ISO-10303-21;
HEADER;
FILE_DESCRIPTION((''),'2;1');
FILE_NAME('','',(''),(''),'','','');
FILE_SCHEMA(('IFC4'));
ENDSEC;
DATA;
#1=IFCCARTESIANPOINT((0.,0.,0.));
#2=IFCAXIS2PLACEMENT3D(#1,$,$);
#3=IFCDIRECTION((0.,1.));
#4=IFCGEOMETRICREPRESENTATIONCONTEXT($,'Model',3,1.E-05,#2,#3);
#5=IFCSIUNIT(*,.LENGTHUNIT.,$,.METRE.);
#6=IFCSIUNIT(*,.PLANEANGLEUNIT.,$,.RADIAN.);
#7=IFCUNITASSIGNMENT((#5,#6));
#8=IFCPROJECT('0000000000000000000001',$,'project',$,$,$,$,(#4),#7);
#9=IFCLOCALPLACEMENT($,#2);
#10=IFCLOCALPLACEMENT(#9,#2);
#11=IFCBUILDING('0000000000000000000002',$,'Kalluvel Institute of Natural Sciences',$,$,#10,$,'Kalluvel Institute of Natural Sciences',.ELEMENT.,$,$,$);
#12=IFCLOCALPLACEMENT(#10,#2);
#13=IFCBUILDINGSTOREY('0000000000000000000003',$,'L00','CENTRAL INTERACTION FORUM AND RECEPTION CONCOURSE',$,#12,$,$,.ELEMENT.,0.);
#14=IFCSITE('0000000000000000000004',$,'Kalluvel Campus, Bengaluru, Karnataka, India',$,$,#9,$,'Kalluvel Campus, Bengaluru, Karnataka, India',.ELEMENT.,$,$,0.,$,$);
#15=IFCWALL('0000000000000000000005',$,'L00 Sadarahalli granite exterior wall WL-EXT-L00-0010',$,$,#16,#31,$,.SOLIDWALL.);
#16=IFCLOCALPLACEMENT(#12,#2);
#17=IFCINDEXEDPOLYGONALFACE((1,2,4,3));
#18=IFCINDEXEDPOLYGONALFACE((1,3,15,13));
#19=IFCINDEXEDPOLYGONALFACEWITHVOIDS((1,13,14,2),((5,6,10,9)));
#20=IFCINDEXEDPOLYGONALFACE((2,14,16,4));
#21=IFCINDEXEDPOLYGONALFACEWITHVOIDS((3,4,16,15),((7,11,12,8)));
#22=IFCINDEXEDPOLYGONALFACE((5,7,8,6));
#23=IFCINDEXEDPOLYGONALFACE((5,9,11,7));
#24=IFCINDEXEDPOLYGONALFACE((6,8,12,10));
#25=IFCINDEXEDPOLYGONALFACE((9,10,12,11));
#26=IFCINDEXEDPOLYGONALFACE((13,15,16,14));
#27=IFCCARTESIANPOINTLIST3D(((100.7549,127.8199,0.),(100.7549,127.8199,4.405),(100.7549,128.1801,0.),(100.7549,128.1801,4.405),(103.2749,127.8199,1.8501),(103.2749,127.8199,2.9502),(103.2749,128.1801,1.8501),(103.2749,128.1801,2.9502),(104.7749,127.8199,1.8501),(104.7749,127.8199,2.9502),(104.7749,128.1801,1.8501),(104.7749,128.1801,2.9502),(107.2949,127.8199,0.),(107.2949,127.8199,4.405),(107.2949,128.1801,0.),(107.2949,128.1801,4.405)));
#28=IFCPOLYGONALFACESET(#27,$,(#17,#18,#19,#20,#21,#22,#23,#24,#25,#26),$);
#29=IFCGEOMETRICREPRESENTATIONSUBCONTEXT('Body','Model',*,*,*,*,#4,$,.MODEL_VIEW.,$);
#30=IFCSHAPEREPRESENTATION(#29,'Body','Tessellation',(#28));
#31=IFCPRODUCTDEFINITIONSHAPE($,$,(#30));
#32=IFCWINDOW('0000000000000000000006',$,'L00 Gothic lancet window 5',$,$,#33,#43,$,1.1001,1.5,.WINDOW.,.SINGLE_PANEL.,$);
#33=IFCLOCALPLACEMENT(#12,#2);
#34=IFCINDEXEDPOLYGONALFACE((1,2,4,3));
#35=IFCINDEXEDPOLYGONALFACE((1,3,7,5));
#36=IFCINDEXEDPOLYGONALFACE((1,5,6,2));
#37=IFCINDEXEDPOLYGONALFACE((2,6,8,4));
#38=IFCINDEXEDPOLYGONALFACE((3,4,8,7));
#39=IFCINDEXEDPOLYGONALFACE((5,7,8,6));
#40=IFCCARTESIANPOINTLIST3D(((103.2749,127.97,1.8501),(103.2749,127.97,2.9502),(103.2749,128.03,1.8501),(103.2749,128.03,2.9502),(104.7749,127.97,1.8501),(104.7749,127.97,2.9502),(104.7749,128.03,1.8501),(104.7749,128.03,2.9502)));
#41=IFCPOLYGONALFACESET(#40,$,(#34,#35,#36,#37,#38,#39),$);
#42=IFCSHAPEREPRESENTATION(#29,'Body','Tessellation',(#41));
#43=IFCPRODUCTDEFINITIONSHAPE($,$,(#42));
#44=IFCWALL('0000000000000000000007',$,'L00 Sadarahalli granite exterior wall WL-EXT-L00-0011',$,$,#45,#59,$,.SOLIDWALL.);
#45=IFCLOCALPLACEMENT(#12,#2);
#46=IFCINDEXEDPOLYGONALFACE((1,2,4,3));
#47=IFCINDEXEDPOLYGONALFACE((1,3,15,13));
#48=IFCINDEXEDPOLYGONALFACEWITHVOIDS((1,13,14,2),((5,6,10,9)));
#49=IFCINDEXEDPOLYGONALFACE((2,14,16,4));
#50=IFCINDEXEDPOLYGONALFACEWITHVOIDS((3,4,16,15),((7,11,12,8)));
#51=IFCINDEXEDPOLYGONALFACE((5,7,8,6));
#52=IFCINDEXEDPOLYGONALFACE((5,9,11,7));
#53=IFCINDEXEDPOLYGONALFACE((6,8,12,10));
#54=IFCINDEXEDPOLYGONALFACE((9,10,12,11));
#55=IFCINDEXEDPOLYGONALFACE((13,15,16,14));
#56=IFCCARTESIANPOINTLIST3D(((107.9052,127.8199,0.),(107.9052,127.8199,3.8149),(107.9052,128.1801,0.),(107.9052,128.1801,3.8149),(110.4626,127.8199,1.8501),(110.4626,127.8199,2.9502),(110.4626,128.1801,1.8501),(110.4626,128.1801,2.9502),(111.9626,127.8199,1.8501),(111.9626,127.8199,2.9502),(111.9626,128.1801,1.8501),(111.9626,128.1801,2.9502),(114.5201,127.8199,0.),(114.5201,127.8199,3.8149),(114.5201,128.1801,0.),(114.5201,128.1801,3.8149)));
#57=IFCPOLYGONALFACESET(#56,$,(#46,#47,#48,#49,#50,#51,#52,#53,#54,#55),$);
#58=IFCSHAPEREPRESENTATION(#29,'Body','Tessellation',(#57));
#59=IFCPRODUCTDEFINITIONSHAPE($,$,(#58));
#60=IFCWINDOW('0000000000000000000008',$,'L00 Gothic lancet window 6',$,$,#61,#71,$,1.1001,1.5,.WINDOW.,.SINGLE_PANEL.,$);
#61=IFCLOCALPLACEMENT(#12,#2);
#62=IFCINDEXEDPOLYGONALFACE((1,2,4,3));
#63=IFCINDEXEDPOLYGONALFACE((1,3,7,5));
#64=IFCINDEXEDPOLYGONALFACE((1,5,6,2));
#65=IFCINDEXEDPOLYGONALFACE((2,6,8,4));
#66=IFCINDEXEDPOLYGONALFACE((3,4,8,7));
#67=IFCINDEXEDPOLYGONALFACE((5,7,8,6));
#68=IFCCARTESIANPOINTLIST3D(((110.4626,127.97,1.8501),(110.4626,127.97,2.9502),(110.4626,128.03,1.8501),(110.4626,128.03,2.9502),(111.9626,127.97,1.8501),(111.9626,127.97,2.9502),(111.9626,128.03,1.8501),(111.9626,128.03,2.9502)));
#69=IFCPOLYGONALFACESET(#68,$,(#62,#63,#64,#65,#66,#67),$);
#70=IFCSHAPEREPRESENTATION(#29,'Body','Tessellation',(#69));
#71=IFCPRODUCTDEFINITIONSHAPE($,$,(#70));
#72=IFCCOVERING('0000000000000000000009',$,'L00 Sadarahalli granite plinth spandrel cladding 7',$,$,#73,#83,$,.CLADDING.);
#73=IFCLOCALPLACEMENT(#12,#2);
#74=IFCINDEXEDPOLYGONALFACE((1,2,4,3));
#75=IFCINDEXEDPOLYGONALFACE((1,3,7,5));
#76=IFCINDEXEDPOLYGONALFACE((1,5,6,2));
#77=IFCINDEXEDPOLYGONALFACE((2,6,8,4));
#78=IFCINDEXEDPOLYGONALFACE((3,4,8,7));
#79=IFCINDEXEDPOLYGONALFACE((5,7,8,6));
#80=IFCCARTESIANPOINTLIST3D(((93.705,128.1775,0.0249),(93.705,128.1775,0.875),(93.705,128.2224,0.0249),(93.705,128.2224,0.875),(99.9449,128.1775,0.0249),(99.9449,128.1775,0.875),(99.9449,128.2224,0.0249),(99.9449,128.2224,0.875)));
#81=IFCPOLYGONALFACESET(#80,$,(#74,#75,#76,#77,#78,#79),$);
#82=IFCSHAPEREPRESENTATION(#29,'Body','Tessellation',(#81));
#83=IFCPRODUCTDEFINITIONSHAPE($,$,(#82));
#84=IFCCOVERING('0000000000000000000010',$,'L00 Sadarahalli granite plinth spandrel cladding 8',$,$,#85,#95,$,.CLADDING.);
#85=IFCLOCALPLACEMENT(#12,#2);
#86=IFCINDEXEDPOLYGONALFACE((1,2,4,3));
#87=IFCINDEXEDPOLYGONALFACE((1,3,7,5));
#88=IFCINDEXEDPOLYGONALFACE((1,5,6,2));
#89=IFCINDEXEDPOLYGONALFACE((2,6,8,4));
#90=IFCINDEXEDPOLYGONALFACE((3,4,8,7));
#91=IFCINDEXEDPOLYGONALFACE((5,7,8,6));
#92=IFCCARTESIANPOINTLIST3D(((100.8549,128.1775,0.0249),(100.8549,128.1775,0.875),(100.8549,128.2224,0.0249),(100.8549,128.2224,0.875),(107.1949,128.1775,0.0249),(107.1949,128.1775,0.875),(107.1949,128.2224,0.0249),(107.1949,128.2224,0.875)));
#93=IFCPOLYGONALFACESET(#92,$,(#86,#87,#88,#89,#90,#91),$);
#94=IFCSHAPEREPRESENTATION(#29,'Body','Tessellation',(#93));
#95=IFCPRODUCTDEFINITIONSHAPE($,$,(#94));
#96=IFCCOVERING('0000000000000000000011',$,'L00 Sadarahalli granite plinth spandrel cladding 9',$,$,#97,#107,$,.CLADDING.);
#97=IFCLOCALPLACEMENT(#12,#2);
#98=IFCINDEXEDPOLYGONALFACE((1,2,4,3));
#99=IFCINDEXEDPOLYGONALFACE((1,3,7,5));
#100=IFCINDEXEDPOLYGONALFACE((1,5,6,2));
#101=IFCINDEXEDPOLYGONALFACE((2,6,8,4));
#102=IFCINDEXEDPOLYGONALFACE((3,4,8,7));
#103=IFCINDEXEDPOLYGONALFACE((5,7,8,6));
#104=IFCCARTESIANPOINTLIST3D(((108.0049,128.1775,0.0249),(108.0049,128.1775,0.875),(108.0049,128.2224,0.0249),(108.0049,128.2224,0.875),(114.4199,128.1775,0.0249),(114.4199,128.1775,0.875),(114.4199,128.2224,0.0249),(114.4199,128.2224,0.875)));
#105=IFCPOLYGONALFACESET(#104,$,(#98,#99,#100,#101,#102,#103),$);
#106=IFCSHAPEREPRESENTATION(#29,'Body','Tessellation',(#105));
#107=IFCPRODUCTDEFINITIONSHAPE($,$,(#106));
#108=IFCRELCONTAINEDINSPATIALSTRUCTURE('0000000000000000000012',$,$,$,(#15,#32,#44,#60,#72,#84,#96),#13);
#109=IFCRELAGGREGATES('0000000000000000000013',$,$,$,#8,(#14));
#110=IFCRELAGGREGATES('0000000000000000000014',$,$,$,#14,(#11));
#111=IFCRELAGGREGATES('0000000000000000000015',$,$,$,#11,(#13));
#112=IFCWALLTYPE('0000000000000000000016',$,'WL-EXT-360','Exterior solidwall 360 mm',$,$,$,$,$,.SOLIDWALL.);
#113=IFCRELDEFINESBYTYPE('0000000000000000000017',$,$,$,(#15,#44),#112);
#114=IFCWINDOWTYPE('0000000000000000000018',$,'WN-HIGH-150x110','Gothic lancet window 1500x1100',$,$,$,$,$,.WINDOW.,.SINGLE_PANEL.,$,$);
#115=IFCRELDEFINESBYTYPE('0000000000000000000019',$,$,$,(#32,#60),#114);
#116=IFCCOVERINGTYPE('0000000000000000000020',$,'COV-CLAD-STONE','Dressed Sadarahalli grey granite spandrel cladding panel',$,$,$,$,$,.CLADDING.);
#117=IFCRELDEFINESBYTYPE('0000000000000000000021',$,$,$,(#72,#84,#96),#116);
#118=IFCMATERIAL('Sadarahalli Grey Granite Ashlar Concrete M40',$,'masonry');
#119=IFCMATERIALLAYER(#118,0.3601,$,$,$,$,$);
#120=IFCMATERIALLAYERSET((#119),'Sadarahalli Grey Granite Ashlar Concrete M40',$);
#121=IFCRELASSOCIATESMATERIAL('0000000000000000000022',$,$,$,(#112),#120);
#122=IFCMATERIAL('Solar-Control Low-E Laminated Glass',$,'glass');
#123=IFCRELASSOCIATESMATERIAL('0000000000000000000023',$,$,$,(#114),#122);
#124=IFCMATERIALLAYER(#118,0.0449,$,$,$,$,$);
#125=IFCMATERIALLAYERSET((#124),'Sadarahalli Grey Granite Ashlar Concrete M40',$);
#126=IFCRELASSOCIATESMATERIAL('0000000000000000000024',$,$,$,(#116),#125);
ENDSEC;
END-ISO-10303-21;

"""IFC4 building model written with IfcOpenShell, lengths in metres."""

from ifc_helpers import new_model, si_unit, direction, frame, frame_2d, origin, origin_2d, place, context, subcontext, project, spatial, rectangle, extrude, material, layer, layer_set, type_object, element, fill, save


model = new_model("IFC4")

# Units and contexts
model_context = context("Model", 3, precision=1e-05, world=origin(), true_north=direction((0.0, 1.0)))
body_context = subcontext(model_context, "Body", "Model", "MODEL_VIEW")
ifc_project = project(units=[si_unit("LENGTHUNIT", "METRE"), si_unit("PLANEANGLEUNIT", "RADIAN")], contexts=[model_context])

# Site, building, storey
site_placement = place(None, origin())
site = spatial("IfcSite", under=ifc_project, at=site_placement, Name="Kalluvel Campus, Bengaluru, Karnataka, India", LongName="Kalluvel Campus, Bengaluru, Karnataka, India", CompositionType="ELEMENT", RefElevation=0.0)
building_placement = place(site_placement, origin())
building = spatial("IfcBuilding", under=site, at=building_placement, Name="Kalluvel Institute of Natural Sciences", LongName="Kalluvel Institute of Natural Sciences", CompositionType="ELEMENT")
storey_placement = place(building_placement, origin())
storey = spatial("IfcBuildingStorey", under=building, at=storey_placement, Name="L00", Description="CENTRAL INTERACTION FORUM AND RECEPTION CONCOURSE", CompositionType="ELEMENT", Elevation=0.0)

# Walls, openings, windows
ifc_material_1 = material(Name="Sadarahalli Grey Granite Ashlar Concrete M40", Category="masonry")
ifc_layer_1 = layer(ifc_material_1, 0.3601)
ifc_layer_set_1 = layer_set([ifc_layer_1], Name="Sadarahalli Grey Granite Ashlar Concrete M40")
wall_type = type_object("IfcWallType", Name="WL-EXT-360", Description="Exterior solidwall 360 mm", PredefinedType="SOLIDWALL", material=ifc_layer_set_1)
ifc_material_2 = material(Name="Solar-Control Low-E Laminated Glass", Category="glass")
window_type = type_object("IfcWindowType", Name="WN-HIGH-150x110", Description="Gothic lancet window 1500x1100", PartitioningType="SINGLE_PANEL", PredefinedType="WINDOW", material=ifc_material_2)
wall_1_placement = place(storey_placement, frame((100.7549, 128.0, 0.0), z_axis=(0.0, 0.0, 1.0), x_axis=(1.0, 0.0, 0.0)))
wall_1 = element("IfcWall", 1, at=wall_1_placement, inside=storey, type_object=wall_type, Name="L00 Sadarahalli granite exterior wall WL-EXT-L00-0010", PredefinedType="SOLIDWALL", context=body_context, shape_type="SweptSolid", body=[
    extrude(rectangle(XDim=6.54, YDim=0.3601, at=frame_2d((3.27, 0.0))), origin(), (0.0, 0.0, 1.0), 4.405),
])
opening_1_placement = place(wall_1_placement, frame((2.52, 0.0, 1.8501)))
opening_1 = element("IfcOpeningElement", 2, at=opening_1_placement, cuts=wall_1, PredefinedType="OPENING", context=body_context, shape_type="SweptSolid", body=[
    extrude(rectangle(XDim=1.5, YDim=1.1001, at=frame_2d((0.75, 0.55))), frame((0.0, 0.1899, 0.0), z_axis=(0.0, -1.0, 0.0), x_axis=(1.0, 0.0, 0.0)), (0.0, 0.0, 1.0), 0.3801),
])
window_1_placement = place(opening_1_placement, origin())
window_1 = element("IfcWindow", 3, at=window_1_placement, inside=storey, type_object=window_type, Name="L00 Gothic lancet window 5", OverallHeight=1.1001, OverallWidth=1.5, PartitioningType="SINGLE_PANEL", PredefinedType="WINDOW", context=body_context, shape_type="SweptSolid", body=[
    extrude(rectangle(XDim=1.5, YDim=1.1001, at=frame_2d((0.75, 0.55))), frame((0.0, 0.03, 0.0), z_axis=(0.0, -1.0, 0.0), x_axis=(1.0, 0.0, 0.0)), (0.0, 0.0, 1.0), 0.0601),
])
fill(opening_1, window_1)
wall_2_placement = place(storey_placement, frame((107.905, 128.0, 0.0), z_axis=(0.0, 0.0, 1.0), x_axis=(1.0, 0.0, 0.0)))
wall_2 = element("IfcWall", 4, at=wall_2_placement, inside=storey, type_object=wall_type, Name="L00 Sadarahalli granite exterior wall WL-EXT-L00-0011", PredefinedType="SOLIDWALL", context=body_context, shape_type="SweptSolid", body=[
    extrude(rectangle(XDim=6.615, YDim=0.3601, at=frame_2d((3.3076, 0.0))), origin(), (0.0, 0.0, 1.0), 3.8149),
])
opening_2_placement = place(wall_2_placement, frame((2.5576, 0.0, 1.8501)))
opening_2 = element("IfcOpeningElement", 5, at=opening_2_placement, cuts=wall_2, PredefinedType="OPENING", context=body_context, shape_type="SweptSolid", body=[
    extrude(rectangle(XDim=1.5, YDim=1.1001, at=frame_2d((0.75, 0.55))), frame((0.0, 0.1899, 0.0), z_axis=(0.0, -1.0, 0.0), x_axis=(1.0, 0.0, 0.0)), (0.0, 0.0, 1.0), 0.3801),
])
window_2_placement = place(opening_2_placement, origin())
window_2 = element("IfcWindow", 6, at=window_2_placement, inside=storey, type_object=window_type, Name="L00 Gothic lancet window 6", OverallHeight=1.1001, OverallWidth=1.5, PartitioningType="SINGLE_PANEL", PredefinedType="WINDOW", context=body_context, shape_type="SweptSolid", body=[
    extrude(rectangle(XDim=1.5, YDim=1.1001, at=frame_2d((0.75, 0.55))), frame((0.0, 0.03, 0.0), z_axis=(0.0, -1.0, 0.0), x_axis=(1.0, 0.0, 0.0)), (0.0, 0.0, 1.0), 0.0601),
])
fill(opening_2, window_2)

# Coverings
ifc_layer_2 = layer(ifc_material_1, 0.0449)
ifc_layer_set_2 = layer_set([ifc_layer_2], Name="Sadarahalli Grey Granite Ashlar Concrete M40")
covering_type = type_object("IfcCoveringType", Name="COV-CLAD-STONE", Description="Dressed Sadarahalli grey granite spandrel cladding panel", PredefinedType="CLADDING", material=ifc_layer_set_2)
covering_1_placement = place(storey_placement, frame((96.825, 128.2, 0.0249), z_axis=(0.0, 0.0, 1.0), x_axis=(1.0, 0.0, 0.0)))
element("IfcCovering", 7, at=covering_1_placement, inside=storey, type_object=covering_type, Name="L00 Sadarahalli granite plinth spandrel cladding 7", PredefinedType="CLADDING", context=body_context, shape_type="SweptSolid", body=[
    extrude(rectangle(XDim=6.24, YDim=0.0449, at=origin_2d()), origin(), (0.0, 0.0, 1.0), 0.8501),
])
covering_2_placement = place(storey_placement, frame((104.0249, 128.2, 0.0249), z_axis=(0.0, 0.0, 1.0), x_axis=(1.0, 0.0, 0.0)))
element("IfcCovering", 8, at=covering_2_placement, inside=storey, type_object=covering_type, Name="L00 Sadarahalli granite plinth spandrel cladding 8", PredefinedType="CLADDING", context=body_context, shape_type="SweptSolid", body=[
    extrude(rectangle(XDim=6.3401, YDim=0.0449, at=origin_2d()), origin(), (0.0, 0.0, 1.0), 0.8501),
])
covering_3_placement = place(storey_placement, frame((111.2124, 128.2, 0.0249), z_axis=(0.0, 0.0, 1.0), x_axis=(1.0, 0.0, 0.0)))
element("IfcCovering", 9, at=covering_3_placement, inside=storey, type_object=covering_type, Name="L00 Sadarahalli granite plinth spandrel cladding 9", PredefinedType="CLADDING", context=body_context, shape_type="SweptSolid", body=[
    extrude(rectangle(XDim=6.415, YDim=0.0449, at=origin_2d()), origin(), (0.0, 0.0, 1.0), 0.8501),
])

save(model, "model.ifc")
